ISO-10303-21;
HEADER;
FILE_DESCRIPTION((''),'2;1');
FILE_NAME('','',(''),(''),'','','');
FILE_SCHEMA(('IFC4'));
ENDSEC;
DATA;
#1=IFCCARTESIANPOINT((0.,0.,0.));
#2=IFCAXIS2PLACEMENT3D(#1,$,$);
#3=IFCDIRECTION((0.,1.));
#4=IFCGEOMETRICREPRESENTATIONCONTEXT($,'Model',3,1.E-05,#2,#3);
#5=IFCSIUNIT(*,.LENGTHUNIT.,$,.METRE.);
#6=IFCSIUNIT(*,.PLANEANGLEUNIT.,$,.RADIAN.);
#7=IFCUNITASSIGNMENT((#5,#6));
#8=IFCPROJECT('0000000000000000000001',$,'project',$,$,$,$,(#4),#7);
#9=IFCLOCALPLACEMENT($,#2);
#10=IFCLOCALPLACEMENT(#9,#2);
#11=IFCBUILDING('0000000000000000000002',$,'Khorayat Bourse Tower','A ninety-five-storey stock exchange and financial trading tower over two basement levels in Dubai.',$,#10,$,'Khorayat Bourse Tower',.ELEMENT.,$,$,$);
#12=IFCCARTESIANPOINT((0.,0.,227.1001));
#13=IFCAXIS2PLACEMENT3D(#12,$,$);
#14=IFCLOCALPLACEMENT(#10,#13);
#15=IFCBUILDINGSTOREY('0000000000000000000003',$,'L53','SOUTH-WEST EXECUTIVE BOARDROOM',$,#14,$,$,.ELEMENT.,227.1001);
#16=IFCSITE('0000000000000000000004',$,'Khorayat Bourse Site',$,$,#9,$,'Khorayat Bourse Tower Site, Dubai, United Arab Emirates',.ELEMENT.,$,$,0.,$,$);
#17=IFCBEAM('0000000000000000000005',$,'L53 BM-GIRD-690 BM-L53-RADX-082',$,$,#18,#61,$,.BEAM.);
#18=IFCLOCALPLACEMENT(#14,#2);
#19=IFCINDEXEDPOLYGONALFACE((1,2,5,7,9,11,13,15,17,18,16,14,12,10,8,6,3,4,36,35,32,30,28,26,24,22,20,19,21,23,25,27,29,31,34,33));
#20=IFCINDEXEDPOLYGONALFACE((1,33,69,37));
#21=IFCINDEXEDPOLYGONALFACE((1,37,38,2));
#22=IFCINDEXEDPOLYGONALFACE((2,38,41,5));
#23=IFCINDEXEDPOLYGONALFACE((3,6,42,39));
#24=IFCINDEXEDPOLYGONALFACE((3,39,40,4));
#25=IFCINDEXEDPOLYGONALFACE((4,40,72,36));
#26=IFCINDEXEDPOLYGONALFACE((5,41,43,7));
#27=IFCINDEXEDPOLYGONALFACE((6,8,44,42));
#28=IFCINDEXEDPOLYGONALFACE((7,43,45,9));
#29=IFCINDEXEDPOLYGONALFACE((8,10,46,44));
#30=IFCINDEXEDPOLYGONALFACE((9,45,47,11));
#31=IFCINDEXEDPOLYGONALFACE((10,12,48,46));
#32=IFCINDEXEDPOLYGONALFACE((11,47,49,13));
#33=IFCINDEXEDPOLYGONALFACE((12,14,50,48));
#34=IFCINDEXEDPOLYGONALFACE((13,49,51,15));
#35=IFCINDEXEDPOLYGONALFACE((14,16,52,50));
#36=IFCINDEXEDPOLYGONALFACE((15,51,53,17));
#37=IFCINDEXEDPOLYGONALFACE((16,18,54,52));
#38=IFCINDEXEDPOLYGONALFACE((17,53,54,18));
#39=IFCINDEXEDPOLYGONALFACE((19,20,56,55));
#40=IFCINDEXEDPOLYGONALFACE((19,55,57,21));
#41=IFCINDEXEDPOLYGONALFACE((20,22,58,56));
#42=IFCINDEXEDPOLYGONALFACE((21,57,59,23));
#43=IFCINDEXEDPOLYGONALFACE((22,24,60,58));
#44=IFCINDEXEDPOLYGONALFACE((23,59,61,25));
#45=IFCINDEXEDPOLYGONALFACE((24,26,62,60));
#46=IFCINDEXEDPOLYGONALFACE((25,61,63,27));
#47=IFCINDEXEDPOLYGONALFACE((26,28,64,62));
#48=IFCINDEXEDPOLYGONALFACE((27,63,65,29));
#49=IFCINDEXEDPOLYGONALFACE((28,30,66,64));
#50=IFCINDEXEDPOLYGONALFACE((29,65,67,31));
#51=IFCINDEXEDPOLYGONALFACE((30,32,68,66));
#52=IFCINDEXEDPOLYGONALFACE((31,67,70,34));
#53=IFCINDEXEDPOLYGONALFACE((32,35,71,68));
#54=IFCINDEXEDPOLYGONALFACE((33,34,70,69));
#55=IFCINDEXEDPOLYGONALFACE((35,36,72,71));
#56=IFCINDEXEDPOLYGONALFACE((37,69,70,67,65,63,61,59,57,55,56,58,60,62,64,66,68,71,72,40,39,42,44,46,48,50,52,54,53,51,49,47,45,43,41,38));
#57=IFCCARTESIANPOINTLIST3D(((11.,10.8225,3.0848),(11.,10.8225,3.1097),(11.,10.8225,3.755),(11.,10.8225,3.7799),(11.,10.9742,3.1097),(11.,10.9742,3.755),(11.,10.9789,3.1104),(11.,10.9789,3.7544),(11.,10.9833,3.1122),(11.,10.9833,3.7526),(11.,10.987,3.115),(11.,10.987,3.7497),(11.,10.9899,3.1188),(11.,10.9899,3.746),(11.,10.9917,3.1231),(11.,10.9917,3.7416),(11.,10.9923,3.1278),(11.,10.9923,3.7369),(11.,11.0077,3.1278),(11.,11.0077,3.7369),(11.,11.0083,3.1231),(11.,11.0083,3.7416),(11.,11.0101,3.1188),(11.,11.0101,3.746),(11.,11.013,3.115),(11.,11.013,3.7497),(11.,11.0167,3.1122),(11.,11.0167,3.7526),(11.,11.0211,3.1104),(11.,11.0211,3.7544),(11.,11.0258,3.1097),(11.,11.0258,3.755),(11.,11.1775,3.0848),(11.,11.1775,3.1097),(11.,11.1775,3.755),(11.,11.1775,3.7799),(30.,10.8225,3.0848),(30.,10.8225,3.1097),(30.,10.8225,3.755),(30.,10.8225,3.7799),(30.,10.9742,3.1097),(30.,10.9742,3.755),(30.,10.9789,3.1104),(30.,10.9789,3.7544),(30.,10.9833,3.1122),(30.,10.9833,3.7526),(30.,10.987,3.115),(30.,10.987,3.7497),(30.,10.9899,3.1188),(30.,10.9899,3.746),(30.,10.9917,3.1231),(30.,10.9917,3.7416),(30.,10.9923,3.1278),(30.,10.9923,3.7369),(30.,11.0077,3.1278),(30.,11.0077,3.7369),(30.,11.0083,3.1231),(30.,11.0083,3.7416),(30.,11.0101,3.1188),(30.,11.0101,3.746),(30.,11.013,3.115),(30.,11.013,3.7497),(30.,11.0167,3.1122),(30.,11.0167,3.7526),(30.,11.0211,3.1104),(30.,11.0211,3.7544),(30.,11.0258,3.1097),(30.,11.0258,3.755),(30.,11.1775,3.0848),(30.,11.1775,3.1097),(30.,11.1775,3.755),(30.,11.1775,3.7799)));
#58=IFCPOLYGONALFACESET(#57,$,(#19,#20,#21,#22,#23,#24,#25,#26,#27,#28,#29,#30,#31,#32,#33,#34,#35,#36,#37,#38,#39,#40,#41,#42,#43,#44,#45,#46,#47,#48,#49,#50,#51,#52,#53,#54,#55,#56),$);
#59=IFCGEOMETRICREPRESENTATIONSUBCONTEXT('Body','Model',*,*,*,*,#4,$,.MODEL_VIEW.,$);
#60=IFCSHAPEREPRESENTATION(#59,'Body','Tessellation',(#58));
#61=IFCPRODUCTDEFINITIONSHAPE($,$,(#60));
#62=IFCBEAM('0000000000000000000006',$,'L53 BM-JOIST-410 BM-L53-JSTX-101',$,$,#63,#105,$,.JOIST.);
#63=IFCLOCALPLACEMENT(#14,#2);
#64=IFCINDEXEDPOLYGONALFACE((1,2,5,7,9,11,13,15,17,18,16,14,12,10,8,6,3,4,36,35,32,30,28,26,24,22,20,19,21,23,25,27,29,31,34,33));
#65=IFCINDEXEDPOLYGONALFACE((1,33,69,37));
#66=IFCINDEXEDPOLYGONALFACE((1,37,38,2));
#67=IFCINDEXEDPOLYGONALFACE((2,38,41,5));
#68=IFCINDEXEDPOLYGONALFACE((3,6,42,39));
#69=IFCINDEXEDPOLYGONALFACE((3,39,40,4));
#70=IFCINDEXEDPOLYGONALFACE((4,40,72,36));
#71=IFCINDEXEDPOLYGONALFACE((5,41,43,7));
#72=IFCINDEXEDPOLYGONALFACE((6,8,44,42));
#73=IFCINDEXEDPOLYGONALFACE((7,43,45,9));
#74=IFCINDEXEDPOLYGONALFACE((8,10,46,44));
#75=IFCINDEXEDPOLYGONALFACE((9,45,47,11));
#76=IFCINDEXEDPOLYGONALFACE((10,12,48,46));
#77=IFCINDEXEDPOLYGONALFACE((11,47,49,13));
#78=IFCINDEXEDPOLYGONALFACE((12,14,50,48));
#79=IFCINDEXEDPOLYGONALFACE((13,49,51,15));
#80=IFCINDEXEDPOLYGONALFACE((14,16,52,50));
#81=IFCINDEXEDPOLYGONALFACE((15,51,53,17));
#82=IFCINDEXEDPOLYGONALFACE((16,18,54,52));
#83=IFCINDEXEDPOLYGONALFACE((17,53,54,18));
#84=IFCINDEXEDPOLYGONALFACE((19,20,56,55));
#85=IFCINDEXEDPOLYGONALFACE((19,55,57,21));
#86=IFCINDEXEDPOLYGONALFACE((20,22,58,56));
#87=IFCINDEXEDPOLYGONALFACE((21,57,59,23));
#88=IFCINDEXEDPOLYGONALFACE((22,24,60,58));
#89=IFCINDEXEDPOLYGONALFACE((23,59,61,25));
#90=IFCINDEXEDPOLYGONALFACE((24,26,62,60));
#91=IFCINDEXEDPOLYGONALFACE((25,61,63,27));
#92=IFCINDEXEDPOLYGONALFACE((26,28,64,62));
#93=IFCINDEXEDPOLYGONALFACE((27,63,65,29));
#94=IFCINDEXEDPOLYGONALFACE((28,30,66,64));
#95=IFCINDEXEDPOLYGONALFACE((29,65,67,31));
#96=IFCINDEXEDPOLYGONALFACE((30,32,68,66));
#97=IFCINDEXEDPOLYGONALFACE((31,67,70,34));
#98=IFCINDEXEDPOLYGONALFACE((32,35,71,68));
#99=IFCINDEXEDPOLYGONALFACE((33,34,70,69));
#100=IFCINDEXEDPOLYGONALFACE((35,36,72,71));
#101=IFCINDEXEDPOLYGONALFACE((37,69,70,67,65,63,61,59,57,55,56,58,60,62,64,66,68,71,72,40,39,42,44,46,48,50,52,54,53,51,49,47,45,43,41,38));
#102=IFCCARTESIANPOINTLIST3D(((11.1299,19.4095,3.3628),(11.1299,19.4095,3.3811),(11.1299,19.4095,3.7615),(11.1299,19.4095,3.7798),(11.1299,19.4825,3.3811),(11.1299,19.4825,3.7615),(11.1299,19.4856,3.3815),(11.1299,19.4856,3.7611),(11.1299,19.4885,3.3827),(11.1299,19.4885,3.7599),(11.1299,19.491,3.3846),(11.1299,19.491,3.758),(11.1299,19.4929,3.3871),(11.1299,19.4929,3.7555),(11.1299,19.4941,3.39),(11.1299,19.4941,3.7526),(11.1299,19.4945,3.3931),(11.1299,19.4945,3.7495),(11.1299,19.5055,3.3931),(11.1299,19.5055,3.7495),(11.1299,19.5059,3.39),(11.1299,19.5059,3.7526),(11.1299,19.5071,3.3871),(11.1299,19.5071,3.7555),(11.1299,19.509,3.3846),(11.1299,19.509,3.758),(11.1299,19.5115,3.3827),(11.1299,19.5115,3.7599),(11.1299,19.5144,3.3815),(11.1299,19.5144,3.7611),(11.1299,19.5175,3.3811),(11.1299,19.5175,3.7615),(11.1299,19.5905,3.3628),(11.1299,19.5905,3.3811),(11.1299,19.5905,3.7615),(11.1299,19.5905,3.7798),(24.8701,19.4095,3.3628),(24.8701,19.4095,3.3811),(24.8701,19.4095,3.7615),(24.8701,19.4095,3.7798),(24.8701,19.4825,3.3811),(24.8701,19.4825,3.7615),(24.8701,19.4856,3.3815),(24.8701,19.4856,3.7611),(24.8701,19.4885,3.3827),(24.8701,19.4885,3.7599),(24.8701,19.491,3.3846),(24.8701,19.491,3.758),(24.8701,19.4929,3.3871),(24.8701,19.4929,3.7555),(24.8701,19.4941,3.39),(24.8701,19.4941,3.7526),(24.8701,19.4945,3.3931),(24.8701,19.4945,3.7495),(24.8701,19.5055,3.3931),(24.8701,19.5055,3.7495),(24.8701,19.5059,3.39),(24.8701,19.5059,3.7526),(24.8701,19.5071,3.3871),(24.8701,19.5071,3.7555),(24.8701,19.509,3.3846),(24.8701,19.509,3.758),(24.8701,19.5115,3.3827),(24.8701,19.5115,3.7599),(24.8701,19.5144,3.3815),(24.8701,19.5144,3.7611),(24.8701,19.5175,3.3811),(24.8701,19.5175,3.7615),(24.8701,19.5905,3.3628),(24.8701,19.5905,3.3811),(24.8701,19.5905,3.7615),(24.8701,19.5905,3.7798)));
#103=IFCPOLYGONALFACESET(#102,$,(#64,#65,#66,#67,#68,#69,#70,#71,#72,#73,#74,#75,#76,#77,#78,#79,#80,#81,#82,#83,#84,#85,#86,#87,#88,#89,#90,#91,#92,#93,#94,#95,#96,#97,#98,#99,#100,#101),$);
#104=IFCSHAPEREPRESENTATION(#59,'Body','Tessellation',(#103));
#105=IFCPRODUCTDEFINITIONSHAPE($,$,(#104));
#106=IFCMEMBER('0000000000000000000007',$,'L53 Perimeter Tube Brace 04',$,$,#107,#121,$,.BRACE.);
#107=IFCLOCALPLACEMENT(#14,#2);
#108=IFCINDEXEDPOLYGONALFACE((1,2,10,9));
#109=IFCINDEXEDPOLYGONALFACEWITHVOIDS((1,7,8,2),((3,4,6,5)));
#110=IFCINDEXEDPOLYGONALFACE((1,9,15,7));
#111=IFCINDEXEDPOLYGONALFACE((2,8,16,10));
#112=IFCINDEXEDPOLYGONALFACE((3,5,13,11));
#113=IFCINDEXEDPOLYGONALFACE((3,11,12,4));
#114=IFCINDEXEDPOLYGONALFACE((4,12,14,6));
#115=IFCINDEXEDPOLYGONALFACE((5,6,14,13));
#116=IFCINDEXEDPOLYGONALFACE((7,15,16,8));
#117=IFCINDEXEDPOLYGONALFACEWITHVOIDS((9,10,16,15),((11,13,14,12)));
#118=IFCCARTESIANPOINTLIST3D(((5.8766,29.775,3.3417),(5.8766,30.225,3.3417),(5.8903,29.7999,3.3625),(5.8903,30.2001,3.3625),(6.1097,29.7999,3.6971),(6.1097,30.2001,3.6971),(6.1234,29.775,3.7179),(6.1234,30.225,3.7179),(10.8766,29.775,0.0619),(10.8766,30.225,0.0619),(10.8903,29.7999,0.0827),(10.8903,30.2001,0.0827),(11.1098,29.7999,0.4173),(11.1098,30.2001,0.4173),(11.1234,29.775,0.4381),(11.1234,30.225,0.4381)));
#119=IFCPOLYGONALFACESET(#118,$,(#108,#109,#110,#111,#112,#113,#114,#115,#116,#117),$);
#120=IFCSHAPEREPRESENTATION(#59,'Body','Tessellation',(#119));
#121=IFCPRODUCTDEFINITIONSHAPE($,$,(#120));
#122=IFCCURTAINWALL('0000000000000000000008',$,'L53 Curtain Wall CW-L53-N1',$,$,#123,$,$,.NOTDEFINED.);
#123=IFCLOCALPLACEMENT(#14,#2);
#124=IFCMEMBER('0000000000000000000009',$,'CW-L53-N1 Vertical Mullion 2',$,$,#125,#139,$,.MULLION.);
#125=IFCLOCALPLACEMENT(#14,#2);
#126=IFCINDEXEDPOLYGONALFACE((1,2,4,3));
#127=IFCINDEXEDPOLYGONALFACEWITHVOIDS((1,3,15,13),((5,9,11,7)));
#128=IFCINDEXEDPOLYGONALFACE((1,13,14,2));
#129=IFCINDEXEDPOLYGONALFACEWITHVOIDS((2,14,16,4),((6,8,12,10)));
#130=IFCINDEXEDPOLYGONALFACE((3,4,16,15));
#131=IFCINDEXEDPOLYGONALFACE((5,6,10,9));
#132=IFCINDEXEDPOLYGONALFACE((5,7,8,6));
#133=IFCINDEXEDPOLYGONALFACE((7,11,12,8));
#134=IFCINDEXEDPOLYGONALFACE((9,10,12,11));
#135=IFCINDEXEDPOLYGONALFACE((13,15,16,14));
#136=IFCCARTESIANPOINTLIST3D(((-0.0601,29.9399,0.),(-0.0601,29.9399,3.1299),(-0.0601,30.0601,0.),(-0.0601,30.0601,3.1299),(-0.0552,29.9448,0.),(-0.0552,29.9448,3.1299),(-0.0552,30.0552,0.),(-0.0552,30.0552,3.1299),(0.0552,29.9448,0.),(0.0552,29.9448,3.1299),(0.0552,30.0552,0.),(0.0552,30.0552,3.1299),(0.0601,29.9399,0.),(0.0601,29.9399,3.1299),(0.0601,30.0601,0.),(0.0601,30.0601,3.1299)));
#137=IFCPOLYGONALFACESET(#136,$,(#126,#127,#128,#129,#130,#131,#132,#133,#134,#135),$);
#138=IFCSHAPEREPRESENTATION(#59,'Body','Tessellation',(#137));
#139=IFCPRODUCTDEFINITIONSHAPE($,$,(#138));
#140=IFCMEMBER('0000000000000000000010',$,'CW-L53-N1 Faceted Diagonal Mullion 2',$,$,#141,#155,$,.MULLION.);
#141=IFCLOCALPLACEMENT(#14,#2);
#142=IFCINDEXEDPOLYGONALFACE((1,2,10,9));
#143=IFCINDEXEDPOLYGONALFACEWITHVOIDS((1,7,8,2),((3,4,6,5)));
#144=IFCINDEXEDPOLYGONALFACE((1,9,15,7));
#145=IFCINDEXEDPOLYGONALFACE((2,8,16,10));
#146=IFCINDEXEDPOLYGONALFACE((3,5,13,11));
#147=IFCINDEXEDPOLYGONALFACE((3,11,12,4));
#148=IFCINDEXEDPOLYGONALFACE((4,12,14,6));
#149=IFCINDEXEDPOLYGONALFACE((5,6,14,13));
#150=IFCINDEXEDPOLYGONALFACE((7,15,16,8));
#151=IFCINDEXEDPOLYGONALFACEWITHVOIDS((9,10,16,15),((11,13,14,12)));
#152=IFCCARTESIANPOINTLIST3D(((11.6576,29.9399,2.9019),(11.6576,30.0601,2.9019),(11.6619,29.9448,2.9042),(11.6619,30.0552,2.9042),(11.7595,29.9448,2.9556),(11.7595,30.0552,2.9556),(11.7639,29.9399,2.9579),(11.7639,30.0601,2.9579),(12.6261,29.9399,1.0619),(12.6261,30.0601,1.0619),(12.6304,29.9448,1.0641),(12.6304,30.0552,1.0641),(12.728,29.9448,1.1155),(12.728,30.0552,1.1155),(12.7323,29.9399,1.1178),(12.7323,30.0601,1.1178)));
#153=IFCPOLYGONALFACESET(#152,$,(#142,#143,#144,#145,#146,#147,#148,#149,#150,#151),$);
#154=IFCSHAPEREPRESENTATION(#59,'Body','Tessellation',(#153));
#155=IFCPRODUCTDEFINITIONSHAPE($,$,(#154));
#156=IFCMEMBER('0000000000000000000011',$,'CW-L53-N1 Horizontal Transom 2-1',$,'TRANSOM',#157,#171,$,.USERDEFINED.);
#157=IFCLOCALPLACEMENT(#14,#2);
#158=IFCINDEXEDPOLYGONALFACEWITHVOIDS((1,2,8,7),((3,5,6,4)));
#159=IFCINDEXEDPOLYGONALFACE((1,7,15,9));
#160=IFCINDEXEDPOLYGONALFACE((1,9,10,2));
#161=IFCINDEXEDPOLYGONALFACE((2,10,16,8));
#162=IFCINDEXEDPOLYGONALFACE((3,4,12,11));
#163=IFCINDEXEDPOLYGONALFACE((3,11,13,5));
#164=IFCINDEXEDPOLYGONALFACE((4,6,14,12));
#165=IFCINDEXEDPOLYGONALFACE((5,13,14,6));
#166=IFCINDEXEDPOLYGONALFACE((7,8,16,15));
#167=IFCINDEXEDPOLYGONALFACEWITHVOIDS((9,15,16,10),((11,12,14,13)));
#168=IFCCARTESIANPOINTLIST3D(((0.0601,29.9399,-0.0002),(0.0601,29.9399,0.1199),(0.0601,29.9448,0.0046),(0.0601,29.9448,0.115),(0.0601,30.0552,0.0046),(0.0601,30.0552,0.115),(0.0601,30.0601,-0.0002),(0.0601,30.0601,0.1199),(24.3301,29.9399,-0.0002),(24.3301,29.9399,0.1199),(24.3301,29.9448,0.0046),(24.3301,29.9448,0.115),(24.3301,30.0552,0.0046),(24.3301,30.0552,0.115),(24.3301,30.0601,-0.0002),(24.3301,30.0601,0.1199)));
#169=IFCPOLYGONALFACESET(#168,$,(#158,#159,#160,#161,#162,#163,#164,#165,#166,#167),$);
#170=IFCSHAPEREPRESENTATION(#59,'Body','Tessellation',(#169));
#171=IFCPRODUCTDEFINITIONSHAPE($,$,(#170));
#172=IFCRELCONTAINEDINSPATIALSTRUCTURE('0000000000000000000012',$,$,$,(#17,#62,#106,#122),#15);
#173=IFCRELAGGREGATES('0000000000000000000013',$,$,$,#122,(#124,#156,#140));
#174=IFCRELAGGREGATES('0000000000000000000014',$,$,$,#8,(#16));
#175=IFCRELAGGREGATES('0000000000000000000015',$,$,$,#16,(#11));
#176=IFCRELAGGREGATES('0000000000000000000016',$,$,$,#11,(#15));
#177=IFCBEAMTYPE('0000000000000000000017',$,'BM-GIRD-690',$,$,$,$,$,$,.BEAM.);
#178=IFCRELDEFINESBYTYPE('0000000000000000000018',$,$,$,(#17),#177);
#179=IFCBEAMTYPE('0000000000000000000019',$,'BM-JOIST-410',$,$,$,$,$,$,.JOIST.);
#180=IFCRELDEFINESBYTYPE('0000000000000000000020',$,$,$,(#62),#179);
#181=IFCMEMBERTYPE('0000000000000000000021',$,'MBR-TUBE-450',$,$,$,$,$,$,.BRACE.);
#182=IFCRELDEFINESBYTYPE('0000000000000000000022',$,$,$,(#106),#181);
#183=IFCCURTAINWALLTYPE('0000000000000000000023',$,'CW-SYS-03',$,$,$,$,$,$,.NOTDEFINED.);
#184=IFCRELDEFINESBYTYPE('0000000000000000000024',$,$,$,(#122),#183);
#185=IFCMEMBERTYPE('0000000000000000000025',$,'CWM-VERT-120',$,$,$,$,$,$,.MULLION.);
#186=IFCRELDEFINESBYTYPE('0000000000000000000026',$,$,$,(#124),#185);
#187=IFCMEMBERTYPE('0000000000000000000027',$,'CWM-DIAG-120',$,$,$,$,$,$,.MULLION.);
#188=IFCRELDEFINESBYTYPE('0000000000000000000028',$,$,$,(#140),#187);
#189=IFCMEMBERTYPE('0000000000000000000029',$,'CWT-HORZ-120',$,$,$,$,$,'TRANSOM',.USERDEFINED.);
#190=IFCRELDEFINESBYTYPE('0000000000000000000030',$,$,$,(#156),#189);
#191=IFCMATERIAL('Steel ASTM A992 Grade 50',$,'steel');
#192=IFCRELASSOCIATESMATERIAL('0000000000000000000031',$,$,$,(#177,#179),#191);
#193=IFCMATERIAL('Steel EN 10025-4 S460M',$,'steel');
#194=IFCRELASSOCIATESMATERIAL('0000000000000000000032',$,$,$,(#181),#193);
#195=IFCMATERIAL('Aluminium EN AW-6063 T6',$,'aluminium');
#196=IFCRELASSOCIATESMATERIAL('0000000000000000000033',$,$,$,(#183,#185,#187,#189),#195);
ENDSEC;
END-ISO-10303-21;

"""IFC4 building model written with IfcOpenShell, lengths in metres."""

from ifc_helpers import new_model, si_unit, direction, frame, origin, origin_2d, place, context, subcontext, project, spatial, hollow_rectangle, i_section, extrude, source, transform, mapped, material, material_profile, profile_set, type_object, element, aggregate, save


model = new_model("IFC4")

# Units and contexts
model_context = context("Model", 3, precision=1e-05, world=origin(), true_north=direction((0.0, 1.0)))
body_context = subcontext(model_context, "Body", "Model", "MODEL_VIEW")
ifc_project = project(units=[si_unit("LENGTHUNIT", "METRE"), si_unit("PLANEANGLEUNIT", "RADIAN")], contexts=[model_context])

# Site, building, storey
site_placement = place(None, origin())
site = spatial("IfcSite", under=ifc_project, at=site_placement, Name="Khorayat Bourse Site", LongName="Khorayat Bourse Tower Site, Dubai, United Arab Emirates", CompositionType="ELEMENT", RefElevation=0.0)
building_placement = place(site_placement, origin())
building = spatial("IfcBuilding", under=site, at=building_placement, Name="Khorayat Bourse Tower", Description="A ninety-five-storey stock exchange and financial trading tower over two basement levels in Dubai.", LongName="Khorayat Bourse Tower", CompositionType="ELEMENT")
storey_placement = place(building_placement, frame((0.0, 0.0, 227.1001)))
storey = spatial("IfcBuildingStorey", under=building, at=storey_placement, Name="L53", Description="SOUTH-WEST EXECUTIVE BOARDROOM", CompositionType="ELEMENT", Elevation=227.1001)

# Shared definitions
ifc_material_1 = material(Name="Steel EN 10025-4 S460M", Category="steel")

# Beams
ifc_material_2 = material(Name="Steel ASTM A992 Grade 50", Category="steel")
ifc_material_profile_1 = material_profile(ifc_material_2, i_section(OverallWidth=0.355, OverallDepth=0.6951, WebThickness=0.0154, FlangeThickness=0.0249, FilletRadius=0.0181, at=origin_2d()), Name="W690X217")
ifc_profile_set_1 = profile_set([ifc_material_profile_1], Name="Steel ASTM A992 Grade 50")
beam_type_1 = type_object("IfcBeamType", Name="BM-GIRD-690", PredefinedType="BEAM", material=ifc_profile_set_1)
shared_shape_1 = source(origin(), body_context, "Body", "SweptSolid", [
    extrude(i_section(OverallWidth=0.355, OverallDepth=0.6951, WebThickness=0.0154, FlangeThickness=0.0249, FilletRadius=0.0181, at=origin_2d()), origin(), (0.0, 0.0, 1.0), 19.0),
])
for number, where, z_axis, x_axis, name in (
    (1, (11.0, 11.0, 3.4324), (1.0, 0.0, 0.0), (0.0, 1.0, 0.0), "L53 BM-GIRD-690 BM-L53-RADX-082"),
):
    element("IfcBeam", number, at=place(storey_placement, frame(where, z_axis=z_axis, x_axis=x_axis)), inside=storey, type_object=beam_type_1, Name=name, PredefinedType="BEAM", context=body_context, shape_type="MappedRepresentation", body=[
        mapped(shared_shape_1, transform((0.0, 0.0, 0.0), scale=1.0)),
    ])
ifc_material_profile_2 = material_profile(ifc_material_2, i_section(OverallWidth=0.1809, OverallDepth=0.417, WebThickness=0.011, FlangeThickness=0.0183, FilletRadius=0.012, at=origin_2d()), Name="W410X85")
ifc_profile_set_2 = profile_set([ifc_material_profile_2], Name="Steel ASTM A992 Grade 50")
beam_type_2 = type_object("IfcBeamType", Name="BM-JOIST-410", PredefinedType="JOIST", material=ifc_profile_set_2)
shared_shape_2 = source(origin(), body_context, "Body", "SweptSolid", [
    extrude(i_section(OverallWidth=0.1809, OverallDepth=0.417, WebThickness=0.011, FlangeThickness=0.0183, FilletRadius=0.012, at=origin_2d()), origin(), (0.0, 0.0, 1.0), 13.7402),
])
beam_1_placement = place(storey_placement, frame((11.1299, 19.5, 3.5713), z_axis=(1.0, 0.0, 0.0), x_axis=(0.0, 1.0, 0.0)))
element("IfcBeam", 2, at=beam_1_placement, inside=storey, type_object=beam_type_2, Name="L53 BM-JOIST-410 BM-L53-JSTX-101", PredefinedType="JOIST", context=body_context, shape_type="MappedRepresentation", body=[
    mapped(shared_shape_2, transform((0.0, 0.0, 0.0), scale=1.0)),
])

# Member
ifc_material_profile_3 = material_profile(ifc_material_1, hollow_rectangle(XDim=0.45, YDim=0.45, WallThickness=0.0249, at=origin_2d()), Name="HSS 450x450x25")
ifc_profile_set_3 = profile_set([ifc_material_profile_3], Name="Steel EN 10025-4 S460M")
member_type_1 = type_object("IfcMemberType", Name="MBR-TUBE-450", PredefinedType="BRACE", material=ifc_profile_set_3)
shared_shape_3 = source(origin(), body_context, "Body", "SweptSolid", [
    extrude(hollow_rectangle(XDim=0.45, YDim=0.45, WallThickness=0.0249, at=origin_2d()), origin(), (0.0, 0.0, 1.0), 5.9797),
])
member_1_placement = place(storey_placement, frame((6.0, 30.0, 3.5298), z_axis=(0.83616, 0.0, -0.548485), x_axis=(0.0, 1.0, 0.0)))
element("IfcMember", 3, at=member_1_placement, inside=storey, type_object=member_type_1, Name="L53 Perimeter Tube Brace 04", PredefinedType="BRACE", context=body_context, shape_type="MappedRepresentation", body=[
    mapped(shared_shape_3, transform((0.0, 0.0, 0.0), scale=1.0)),
])

# Curtain wall, members
ifc_material_3 = material(Name="Aluminium EN AW-6063 T6", Category="aluminium")
curtain_wall_type = type_object("IfcCurtainWallType", Name="CW-SYS-03", PredefinedType="NOTDEFINED", material=ifc_material_3)
curtain_wall_placement = place(storey_placement, origin())
curtain_wall = element("IfcCurtainWall", 4, at=curtain_wall_placement, inside=storey, type_object=curtain_wall_type, Name="L53 Curtain Wall CW-L53-N1", PredefinedType="NOTDEFINED")
ifc_material_profile_4 = material_profile(ifc_material_3, hollow_rectangle(XDim=0.1201, YDim=0.1201, WallThickness=0.0049, at=origin_2d()), Name="ALU 120x120x5")
ifc_profile_set_4 = profile_set([ifc_material_profile_4], Name="Aluminium EN AW-6063 T6")
member_type_2 = type_object("IfcMemberType", Name="CWM-VERT-120", PredefinedType="MULLION", material=ifc_profile_set_4)
shared_shape_4 = source(origin(), body_context, "Body", "SweptSolid", [
    extrude(hollow_rectangle(XDim=0.1201, YDim=0.1201, WallThickness=0.0049, at=origin_2d()), origin(), (0.0, 0.0, 1.0), 3.1299),
])
member_2_placement = place(storey_placement, frame((0.0, 30.0, 0.0), z_axis=(0.0, 0.0, 1.0), x_axis=(0.0, 1.0, 0.0)))
member_2 = element("IfcMember", 5, at=member_2_placement, type_object=member_type_2, Name="CW-L53-N1 Vertical Mullion 2", PredefinedType="MULLION", context=body_context, shape_type="MappedRepresentation", body=[
    mapped(shared_shape_4, transform((0.0, 0.0, 0.0), scale=1.0)),
])
ifc_material_profile_5 = material_profile(ifc_material_3, hollow_rectangle(XDim=0.1201, YDim=0.1201, WallThickness=0.0049, at=origin_2d()), Name="ALU 120x120x5")
ifc_profile_set_5 = profile_set([ifc_material_profile_5], Name="Aluminium EN AW-6063 T6")
member_type_3 = type_object("IfcMemberType", Name="CWM-DIAG-120", PredefinedType="MULLION", material=ifc_profile_set_5)
shared_shape_5 = source(origin(), body_context, "Body", "SweptSolid", [
    extrude(hollow_rectangle(XDim=0.1201, YDim=0.1201, WallThickness=0.0049, at=origin_2d()), origin(), (0.0, 0.0, 1.0), 2.0793),
])
member_3_placement = place(storey_placement, frame((12.6792, 30.0, 1.0898), z_axis=(-0.465761, 0.0, 0.884911), x_axis=(0.0, -1.0, 0.0)))
member_3 = element("IfcMember", 6, at=member_3_placement, type_object=member_type_3, Name="CW-L53-N1 Faceted Diagonal Mullion 2", PredefinedType="MULLION", context=body_context, shape_type="MappedRepresentation", body=[
    mapped(shared_shape_5, transform((0.0, 0.0, 0.0), scale=1.0)),
])
ifc_material_profile_6 = material_profile(ifc_material_3, hollow_rectangle(XDim=0.1201, YDim=0.1201, WallThickness=0.0049, at=origin_2d()), Name="ALU 120x120x5")
ifc_profile_set_6 = profile_set([ifc_material_profile_6], Name="Aluminium EN AW-6063 T6")
member_type_4 = type_object("IfcMemberType", Name="CWT-HORZ-120", ElementType="TRANSOM", PredefinedType="USERDEFINED", material=ifc_profile_set_6)
shared_shape_6 = source(origin(), body_context, "Body", "SweptSolid", [
    extrude(hollow_rectangle(XDim=0.1201, YDim=0.1201, WallThickness=0.0049, at=origin_2d()), origin(), (0.0, 0.0, 1.0), 24.27),
])
member_4_placement = place(storey_placement, frame((0.0601, 30.0, 0.0598), z_axis=(1.0, 0.0, 0.0), x_axis=(0.0, 1.0, 0.0)))
member_4 = element("IfcMember", 7, at=member_4_placement, type_object=member_type_4, Name="CW-L53-N1 Horizontal Transom 2-1", ObjectType="TRANSOM", PredefinedType="USERDEFINED", context=body_context, shape_type="MappedRepresentation", body=[
    mapped(shared_shape_6, transform((0.0, 0.0, 0.0), scale=1.0)),
])

aggregate(curtain_wall, [member_2, member_4, member_3])

save(model, "model.ifc")
